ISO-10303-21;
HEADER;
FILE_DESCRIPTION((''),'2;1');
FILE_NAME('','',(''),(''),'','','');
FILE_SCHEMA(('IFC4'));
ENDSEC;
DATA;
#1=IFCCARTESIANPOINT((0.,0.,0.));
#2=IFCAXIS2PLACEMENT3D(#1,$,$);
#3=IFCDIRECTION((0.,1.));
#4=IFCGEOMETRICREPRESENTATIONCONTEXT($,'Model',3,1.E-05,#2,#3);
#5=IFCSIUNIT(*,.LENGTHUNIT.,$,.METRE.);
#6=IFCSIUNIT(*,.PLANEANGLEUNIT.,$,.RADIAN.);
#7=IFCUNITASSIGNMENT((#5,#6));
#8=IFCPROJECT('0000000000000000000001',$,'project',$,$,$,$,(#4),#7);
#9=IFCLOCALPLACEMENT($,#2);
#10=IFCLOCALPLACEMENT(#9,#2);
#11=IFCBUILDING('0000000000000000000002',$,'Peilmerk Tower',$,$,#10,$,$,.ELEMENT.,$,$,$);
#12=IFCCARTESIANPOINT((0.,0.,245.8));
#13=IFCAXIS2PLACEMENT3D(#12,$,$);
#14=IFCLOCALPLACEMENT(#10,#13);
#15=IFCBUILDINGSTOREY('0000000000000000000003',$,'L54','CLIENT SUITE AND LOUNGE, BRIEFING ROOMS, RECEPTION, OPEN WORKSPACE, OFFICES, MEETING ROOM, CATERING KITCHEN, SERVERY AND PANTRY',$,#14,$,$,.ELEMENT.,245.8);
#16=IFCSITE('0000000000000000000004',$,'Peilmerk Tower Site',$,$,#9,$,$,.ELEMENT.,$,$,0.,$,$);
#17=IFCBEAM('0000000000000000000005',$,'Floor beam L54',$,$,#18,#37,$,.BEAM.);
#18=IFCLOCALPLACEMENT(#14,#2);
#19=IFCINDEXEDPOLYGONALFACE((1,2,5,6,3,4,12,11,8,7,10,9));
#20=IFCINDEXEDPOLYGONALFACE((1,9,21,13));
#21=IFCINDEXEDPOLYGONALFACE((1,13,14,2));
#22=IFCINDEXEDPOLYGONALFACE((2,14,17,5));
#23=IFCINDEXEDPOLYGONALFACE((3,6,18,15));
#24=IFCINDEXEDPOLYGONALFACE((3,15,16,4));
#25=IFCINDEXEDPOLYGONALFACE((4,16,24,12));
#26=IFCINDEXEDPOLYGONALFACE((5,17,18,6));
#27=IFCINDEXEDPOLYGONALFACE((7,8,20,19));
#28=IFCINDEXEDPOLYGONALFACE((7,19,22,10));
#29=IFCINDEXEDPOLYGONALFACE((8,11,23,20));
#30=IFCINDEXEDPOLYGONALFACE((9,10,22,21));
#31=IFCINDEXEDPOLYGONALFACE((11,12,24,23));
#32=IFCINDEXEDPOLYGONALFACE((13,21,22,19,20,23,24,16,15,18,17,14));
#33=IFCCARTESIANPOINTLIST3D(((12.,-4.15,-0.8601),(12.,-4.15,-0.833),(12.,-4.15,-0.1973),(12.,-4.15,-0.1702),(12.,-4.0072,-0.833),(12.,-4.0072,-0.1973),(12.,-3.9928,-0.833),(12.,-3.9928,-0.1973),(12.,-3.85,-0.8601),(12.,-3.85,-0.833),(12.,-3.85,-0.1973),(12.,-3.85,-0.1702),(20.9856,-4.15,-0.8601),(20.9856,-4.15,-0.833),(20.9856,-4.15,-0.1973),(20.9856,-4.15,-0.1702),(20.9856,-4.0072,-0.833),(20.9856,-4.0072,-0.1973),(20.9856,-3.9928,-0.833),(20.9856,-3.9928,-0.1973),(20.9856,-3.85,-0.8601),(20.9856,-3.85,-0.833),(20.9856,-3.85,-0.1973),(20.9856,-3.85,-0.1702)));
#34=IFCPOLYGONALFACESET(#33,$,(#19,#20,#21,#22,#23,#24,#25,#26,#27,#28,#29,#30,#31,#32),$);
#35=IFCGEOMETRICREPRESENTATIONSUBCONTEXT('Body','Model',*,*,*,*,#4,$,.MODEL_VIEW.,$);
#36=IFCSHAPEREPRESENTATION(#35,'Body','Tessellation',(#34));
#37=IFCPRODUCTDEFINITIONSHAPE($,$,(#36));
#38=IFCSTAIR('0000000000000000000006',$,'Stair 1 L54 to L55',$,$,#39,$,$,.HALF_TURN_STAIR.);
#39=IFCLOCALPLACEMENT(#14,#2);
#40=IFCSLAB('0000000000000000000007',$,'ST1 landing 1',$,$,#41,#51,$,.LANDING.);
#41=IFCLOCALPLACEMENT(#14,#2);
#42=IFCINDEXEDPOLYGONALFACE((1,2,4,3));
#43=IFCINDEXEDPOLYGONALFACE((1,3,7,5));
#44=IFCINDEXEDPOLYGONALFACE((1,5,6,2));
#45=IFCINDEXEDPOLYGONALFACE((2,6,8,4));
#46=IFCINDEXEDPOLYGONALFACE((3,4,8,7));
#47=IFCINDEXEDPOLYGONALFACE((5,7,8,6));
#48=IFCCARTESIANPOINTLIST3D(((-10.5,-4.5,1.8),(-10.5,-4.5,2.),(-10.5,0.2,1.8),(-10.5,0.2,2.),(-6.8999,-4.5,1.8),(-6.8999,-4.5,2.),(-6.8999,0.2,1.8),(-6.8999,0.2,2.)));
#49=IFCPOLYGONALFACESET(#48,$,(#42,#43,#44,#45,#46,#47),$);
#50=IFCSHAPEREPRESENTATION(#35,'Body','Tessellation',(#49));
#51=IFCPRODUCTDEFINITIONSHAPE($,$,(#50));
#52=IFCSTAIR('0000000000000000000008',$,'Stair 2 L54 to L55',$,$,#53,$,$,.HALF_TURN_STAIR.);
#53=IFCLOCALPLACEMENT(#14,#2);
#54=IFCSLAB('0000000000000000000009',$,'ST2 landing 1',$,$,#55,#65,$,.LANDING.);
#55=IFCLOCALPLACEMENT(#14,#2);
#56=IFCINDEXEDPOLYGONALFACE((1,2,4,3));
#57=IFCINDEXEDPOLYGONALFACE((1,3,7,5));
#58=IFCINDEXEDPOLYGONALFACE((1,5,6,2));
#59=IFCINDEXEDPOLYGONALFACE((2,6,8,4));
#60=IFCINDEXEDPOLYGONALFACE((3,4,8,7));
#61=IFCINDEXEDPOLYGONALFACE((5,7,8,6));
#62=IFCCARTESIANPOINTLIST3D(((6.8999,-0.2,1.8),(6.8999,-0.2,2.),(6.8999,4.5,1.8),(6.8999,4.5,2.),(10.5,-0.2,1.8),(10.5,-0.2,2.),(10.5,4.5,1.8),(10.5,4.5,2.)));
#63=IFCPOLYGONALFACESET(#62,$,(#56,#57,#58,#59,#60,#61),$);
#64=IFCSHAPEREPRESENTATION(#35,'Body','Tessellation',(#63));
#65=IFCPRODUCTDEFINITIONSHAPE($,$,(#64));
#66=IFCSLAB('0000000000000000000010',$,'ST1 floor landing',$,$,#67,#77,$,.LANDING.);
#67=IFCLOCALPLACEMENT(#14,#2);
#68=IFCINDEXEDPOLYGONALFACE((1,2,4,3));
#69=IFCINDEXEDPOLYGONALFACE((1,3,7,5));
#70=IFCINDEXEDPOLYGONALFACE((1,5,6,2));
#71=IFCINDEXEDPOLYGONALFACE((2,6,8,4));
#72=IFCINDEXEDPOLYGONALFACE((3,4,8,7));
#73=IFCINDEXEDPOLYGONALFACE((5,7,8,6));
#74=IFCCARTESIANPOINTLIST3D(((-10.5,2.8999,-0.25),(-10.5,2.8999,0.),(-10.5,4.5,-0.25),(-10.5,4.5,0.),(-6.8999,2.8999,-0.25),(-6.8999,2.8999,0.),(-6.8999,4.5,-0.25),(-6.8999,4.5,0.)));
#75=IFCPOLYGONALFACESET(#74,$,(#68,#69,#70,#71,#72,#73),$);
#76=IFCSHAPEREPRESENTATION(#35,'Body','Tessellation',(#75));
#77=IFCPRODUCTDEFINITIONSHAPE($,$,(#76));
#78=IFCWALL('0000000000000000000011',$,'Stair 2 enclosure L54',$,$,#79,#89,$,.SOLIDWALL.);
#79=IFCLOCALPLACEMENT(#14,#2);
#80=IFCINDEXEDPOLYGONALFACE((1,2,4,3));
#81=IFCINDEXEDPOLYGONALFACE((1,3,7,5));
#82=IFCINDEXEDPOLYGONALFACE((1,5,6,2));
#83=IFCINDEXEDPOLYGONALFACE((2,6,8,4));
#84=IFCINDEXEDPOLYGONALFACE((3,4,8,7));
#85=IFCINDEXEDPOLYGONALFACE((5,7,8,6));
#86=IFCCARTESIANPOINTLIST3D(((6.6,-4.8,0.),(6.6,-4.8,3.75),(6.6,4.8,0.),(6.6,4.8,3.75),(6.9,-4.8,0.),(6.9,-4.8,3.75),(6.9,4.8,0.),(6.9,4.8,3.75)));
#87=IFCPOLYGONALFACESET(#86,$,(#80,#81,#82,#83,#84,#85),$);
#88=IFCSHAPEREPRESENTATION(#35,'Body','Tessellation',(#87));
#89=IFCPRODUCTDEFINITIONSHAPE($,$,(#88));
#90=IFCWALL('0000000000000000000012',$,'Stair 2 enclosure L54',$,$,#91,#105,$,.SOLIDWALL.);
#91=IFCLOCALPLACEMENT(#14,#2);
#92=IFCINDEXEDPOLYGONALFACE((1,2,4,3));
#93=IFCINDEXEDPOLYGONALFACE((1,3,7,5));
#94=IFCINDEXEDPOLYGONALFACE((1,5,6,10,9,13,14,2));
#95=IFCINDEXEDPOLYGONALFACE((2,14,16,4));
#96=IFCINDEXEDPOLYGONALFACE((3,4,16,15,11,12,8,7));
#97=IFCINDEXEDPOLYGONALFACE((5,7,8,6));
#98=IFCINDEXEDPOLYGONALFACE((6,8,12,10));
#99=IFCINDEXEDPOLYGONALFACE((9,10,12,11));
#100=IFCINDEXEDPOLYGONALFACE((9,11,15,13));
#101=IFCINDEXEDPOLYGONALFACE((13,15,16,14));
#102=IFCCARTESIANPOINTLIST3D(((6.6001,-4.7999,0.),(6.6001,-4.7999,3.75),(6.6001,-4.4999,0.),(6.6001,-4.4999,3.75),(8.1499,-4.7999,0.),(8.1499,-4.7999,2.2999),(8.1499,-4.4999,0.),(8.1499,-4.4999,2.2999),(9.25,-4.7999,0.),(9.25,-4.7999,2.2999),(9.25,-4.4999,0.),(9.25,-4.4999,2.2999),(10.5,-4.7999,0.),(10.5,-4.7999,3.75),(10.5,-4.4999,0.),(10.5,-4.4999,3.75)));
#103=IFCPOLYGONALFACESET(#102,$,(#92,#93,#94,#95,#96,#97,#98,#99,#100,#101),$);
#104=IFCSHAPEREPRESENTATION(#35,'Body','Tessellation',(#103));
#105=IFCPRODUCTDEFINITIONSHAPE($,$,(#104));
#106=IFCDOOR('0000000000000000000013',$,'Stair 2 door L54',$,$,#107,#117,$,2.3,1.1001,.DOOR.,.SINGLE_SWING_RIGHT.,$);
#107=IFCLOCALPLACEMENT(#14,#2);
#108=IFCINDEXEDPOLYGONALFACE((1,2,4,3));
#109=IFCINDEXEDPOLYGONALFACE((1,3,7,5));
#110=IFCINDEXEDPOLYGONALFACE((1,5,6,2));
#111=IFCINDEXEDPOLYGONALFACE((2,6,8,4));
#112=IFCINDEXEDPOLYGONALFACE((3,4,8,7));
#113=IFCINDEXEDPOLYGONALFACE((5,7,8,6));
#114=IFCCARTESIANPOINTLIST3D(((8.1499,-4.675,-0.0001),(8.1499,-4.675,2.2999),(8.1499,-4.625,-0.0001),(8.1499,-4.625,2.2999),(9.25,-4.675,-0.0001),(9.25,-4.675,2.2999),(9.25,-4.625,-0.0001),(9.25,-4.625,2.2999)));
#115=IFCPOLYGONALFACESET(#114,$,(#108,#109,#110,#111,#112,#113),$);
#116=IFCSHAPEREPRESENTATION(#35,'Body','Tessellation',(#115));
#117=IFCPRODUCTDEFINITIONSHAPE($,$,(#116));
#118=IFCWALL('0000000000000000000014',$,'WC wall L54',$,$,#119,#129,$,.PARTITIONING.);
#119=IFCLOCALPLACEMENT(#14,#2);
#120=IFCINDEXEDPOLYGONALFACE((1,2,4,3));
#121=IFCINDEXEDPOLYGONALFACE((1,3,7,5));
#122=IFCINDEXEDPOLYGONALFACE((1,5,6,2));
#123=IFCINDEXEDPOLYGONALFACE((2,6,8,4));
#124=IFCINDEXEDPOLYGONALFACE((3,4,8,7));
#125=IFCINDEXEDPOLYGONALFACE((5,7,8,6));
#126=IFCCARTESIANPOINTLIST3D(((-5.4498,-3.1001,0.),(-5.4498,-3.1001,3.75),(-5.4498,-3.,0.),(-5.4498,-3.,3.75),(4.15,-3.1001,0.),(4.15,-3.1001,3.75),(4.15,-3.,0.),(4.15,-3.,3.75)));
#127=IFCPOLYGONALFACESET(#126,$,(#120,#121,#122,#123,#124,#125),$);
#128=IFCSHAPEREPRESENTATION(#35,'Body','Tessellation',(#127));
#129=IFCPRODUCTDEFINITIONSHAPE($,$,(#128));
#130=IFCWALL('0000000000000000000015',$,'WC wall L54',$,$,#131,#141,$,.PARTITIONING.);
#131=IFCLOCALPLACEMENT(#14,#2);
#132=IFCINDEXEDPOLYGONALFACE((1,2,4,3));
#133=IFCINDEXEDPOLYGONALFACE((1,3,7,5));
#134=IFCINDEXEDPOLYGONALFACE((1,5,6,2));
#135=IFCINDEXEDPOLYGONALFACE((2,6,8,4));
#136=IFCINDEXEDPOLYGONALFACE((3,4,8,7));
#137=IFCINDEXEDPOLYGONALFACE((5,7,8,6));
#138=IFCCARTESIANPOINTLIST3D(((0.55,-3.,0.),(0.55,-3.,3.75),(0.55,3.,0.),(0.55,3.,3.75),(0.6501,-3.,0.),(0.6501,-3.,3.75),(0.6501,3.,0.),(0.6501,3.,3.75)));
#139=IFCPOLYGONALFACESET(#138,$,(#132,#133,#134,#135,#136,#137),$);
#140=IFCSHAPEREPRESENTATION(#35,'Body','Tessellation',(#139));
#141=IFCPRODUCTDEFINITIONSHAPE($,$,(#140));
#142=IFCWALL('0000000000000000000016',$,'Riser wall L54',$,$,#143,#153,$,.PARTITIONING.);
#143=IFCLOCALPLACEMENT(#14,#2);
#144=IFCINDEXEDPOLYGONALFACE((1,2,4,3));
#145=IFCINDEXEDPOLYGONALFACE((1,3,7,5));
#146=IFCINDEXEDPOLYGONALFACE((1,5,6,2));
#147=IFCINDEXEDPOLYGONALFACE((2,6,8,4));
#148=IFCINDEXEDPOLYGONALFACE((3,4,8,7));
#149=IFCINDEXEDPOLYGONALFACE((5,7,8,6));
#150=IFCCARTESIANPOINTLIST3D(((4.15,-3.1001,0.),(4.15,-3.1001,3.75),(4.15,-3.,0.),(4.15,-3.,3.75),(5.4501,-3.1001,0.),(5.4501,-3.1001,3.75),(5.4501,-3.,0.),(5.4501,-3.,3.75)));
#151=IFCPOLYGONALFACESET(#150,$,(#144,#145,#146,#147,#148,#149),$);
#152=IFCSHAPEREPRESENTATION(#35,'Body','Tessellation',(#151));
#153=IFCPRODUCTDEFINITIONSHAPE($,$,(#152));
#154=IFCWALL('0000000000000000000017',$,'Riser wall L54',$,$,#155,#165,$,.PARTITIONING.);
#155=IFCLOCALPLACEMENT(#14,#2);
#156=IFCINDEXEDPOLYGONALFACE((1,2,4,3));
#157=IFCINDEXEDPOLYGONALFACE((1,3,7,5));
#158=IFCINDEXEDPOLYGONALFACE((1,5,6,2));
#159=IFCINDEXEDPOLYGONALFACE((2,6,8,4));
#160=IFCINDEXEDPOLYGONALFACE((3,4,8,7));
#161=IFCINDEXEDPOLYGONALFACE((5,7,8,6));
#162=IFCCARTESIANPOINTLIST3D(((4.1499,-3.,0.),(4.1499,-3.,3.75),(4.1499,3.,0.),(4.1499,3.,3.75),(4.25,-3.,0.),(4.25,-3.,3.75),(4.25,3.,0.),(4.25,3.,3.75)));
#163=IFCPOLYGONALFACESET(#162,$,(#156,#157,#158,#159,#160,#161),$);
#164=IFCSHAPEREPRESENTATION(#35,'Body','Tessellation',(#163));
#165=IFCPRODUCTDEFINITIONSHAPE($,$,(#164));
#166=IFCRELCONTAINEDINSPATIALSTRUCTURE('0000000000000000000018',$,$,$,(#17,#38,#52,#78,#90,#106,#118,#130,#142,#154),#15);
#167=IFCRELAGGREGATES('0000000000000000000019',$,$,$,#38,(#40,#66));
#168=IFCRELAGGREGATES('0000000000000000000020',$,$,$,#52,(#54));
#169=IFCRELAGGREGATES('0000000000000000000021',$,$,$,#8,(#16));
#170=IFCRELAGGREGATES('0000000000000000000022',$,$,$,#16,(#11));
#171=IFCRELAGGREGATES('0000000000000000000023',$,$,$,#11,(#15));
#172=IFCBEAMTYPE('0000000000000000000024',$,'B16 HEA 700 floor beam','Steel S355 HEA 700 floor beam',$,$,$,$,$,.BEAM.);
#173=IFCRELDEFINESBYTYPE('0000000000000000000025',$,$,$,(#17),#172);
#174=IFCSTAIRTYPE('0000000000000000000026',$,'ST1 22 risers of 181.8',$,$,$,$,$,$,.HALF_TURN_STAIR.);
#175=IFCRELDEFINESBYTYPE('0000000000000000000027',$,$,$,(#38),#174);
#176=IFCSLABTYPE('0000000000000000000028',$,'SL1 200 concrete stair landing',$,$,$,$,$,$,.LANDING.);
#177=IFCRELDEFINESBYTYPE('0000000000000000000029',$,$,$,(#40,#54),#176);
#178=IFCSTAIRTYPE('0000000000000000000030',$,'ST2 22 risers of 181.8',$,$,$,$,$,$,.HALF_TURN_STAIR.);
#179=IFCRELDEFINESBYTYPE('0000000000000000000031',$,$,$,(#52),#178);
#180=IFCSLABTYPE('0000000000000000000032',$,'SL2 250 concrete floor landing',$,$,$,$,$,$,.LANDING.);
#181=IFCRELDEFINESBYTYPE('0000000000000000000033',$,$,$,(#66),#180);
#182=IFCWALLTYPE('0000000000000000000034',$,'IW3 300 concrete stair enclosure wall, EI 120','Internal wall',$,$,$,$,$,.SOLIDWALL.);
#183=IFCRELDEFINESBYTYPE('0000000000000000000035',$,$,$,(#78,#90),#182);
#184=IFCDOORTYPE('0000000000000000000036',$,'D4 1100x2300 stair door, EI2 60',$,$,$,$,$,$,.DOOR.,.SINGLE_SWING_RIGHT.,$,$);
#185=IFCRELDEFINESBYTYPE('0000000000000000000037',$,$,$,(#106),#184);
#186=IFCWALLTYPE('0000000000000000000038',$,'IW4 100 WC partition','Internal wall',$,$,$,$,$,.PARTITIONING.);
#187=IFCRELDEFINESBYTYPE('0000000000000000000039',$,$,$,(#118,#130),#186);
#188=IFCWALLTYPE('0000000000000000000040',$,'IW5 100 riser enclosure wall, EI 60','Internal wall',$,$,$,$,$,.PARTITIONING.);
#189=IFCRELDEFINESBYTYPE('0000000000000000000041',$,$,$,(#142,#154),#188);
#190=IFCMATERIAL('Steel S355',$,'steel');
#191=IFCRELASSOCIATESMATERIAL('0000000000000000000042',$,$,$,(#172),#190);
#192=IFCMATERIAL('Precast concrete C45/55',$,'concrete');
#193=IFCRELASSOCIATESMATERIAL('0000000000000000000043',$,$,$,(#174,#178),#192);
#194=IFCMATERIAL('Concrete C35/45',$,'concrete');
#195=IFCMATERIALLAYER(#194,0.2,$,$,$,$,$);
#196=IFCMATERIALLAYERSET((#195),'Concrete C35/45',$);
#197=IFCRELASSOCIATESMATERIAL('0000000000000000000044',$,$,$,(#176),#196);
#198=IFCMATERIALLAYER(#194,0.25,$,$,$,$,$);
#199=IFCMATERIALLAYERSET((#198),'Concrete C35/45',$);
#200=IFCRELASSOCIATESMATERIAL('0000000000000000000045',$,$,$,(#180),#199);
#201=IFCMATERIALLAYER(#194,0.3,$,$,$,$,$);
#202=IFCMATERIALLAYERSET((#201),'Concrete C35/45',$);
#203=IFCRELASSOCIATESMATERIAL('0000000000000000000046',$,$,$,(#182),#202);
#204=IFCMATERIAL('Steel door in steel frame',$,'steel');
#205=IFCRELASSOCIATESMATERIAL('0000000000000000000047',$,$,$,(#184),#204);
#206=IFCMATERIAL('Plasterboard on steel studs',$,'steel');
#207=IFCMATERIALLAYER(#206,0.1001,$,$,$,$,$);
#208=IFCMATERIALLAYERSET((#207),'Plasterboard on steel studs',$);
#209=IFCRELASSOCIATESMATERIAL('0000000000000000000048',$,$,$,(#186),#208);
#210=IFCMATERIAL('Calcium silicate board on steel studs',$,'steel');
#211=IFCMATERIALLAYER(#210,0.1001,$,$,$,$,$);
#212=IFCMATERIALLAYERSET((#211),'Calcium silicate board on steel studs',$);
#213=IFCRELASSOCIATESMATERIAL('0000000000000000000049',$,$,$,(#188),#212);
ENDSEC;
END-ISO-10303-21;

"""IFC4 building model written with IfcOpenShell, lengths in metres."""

from ifc_helpers import new_model, si_unit, direction, frame, frame_2d, origin, origin_2d, place, context, subcontext, project, spatial, polyline, rectangle, i_section, outline, extrude, material, layer, layer_set, material_profile, profile_set, type_object, element, fill, aggregate, save


model = new_model("IFC4")

# Units and contexts
model_context = context("Model", 3, precision=1e-05, world=origin(), true_north=direction((0.0, 1.0)))
body_context = subcontext(model_context, "Body", "Model", "MODEL_VIEW")
ifc_project = project(units=[si_unit("LENGTHUNIT", "METRE"), si_unit("PLANEANGLEUNIT", "RADIAN")], contexts=[model_context])

# Site, building, storey
site_placement = place(None, origin())
site = spatial("IfcSite", under=ifc_project, at=site_placement, Name="Peilmerk Tower Site", CompositionType="ELEMENT", RefElevation=0.0)
building_placement = place(site_placement, origin())
building = spatial("IfcBuilding", under=site, at=building_placement, Name="Peilmerk Tower", CompositionType="ELEMENT")
storey_placement = place(building_placement, frame((0.0, 0.0, 245.8)))
storey = spatial("IfcBuildingStorey", under=building, at=storey_placement, Name="L54", Description="CLIENT SUITE AND LOUNGE, BRIEFING ROOMS, RECEPTION, OPEN WORKSPACE, OFFICES, MEETING ROOM, CATERING KITCHEN, SERVERY AND PANTRY", CompositionType="ELEMENT", Elevation=245.8)

# Beam
ifc_material_1 = material(Name="Steel S355", Category="steel")
ifc_material_profile = material_profile(ifc_material_1, i_section(OverallWidth=0.3, OverallDepth=0.6899, WebThickness=0.0144, FlangeThickness=0.0271, at=origin_2d()), Name="HEA 700")
ifc_profile_set = profile_set([ifc_material_profile], Name="Steel S355")
beam_type = type_object("IfcBeamType", Name="B16 HEA 700 floor beam", Description="Steel S355 HEA 700 floor beam", PredefinedType="BEAM", material=ifc_profile_set)
beam_placement = place(storey_placement, frame((12.0, -4.0, -0.5151), z_axis=(1.0, 0.0, 0.0), x_axis=(0.0, 1.0, 0.0)))
element("IfcBeam", 1, at=beam_placement, inside=storey, type_object=beam_type, Name="Floor beam L54", PredefinedType="BEAM", context=body_context, shape_type="SweptSolid", body=[
    extrude(i_section(OverallWidth=0.3, OverallDepth=0.6899, WebThickness=0.0144, FlangeThickness=0.0271, at=origin_2d()), origin(), (0.0, 0.0, 1.0), 8.9856),
])

# Stairs, slabs
ifc_material_2 = material(Name="Precast concrete C45/55", Category="concrete")
stair_type_1 = type_object("IfcStairType", Name="ST1 22 risers of 181.8", PredefinedType="HALF_TURN_STAIR", material=ifc_material_2)
stair_1_placement = place(storey_placement, origin())
stair_1 = element("IfcStair", 2, at=stair_1_placement, inside=storey, type_object=stair_type_1, Name="Stair 1 L54 to L55", PredefinedType="HALF_TURN_STAIR")
ifc_material_3 = material(Name="Concrete C35/45", Category="concrete")
ifc_layer_1 = layer(ifc_material_3, 0.2)
ifc_layer_set_1 = layer_set([ifc_layer_1], Name="Concrete C35/45")
slab_type_1 = type_object("IfcSlabType", Name="SL1 200 concrete stair landing", PredefinedType="LANDING", material=ifc_layer_set_1)
slab_1_placement = place(storey_placement, frame((0.0, 0.0, 1.8)))
slab_1 = element("IfcSlab", 3, at=slab_1_placement, type_object=slab_type_1, Name="ST1 landing 1", PredefinedType="LANDING", context=body_context, shape_type="SweptSolid", body=[
    extrude(outline(polyline([(-10.5, -4.5), (-6.8999, -4.5), (-6.8999, 0.2), (-10.5, 0.2), (-10.5, -4.5)])), origin(), (0.0, 0.0, 1.0), 0.2),
])
stair_type_2 = type_object("IfcStairType", Name="ST2 22 risers of 181.8", PredefinedType="HALF_TURN_STAIR", material=ifc_material_2)
stair_2_placement = place(storey_placement, origin())
stair_2 = element("IfcStair", 4, at=stair_2_placement, inside=storey, type_object=stair_type_2, Name="Stair 2 L54 to L55", PredefinedType="HALF_TURN_STAIR")
slab_2_placement = place(storey_placement, frame((0.0, 0.0, 1.8)))
slab_2 = element("IfcSlab", 5, at=slab_2_placement, type_object=slab_type_1, Name="ST2 landing 1", PredefinedType="LANDING", context=body_context, shape_type="SweptSolid", body=[
    extrude(outline(polyline([(6.8999, -0.2), (10.5, -0.2), (10.5, 4.5), (6.8999, 4.5), (6.8999, -0.2)])), origin(), (0.0, 0.0, 1.0), 0.2),
])

# Slab
ifc_layer_2 = layer(ifc_material_3, 0.25)
ifc_layer_set_2 = layer_set([ifc_layer_2], Name="Concrete C35/45")
slab_type_2 = type_object("IfcSlabType", Name="SL2 250 concrete floor landing", PredefinedType="LANDING", material=ifc_layer_set_2)
slab_3_placement = place(storey_placement, frame((0.0, 0.0, -0.25)))
slab_3 = element("IfcSlab", 6, at=slab_3_placement, type_object=slab_type_2, Name="ST1 floor landing", PredefinedType="LANDING", context=body_context, shape_type="SweptSolid", body=[
    extrude(outline(polyline([(-10.5, 2.8999), (-6.8999, 2.8999), (-6.8999, 4.5), (-10.5, 4.5), (-10.5, 2.8999)])), origin(), (0.0, 0.0, 1.0), 0.25),
])
aggregate(stair_1, [slab_1, slab_3])

# Wall
ifc_layer_3 = layer(ifc_material_3, 0.3)
ifc_layer_set_3 = layer_set([ifc_layer_3], Name="Concrete C35/45")
wall_type_1 = type_object("IfcWallType", Name="IW3 300 concrete stair enclosure wall, EI 120", Description="Internal wall", PredefinedType="SOLIDWALL", material=ifc_layer_set_3)
wall_1_placement = place(storey_placement, frame((6.75, -4.8, 0.0), z_axis=(0.0, 0.0, 1.0), x_axis=(0.0, 1.0, 0.0)))
element("IfcWall", 7, at=wall_1_placement, inside=storey, type_object=wall_type_1, Name="Stair 2 enclosure L54", PredefinedType="SOLIDWALL", context=body_context, shape_type="SweptSolid", body=[
    extrude(rectangle(XDim=9.6001, YDim=0.3, at=frame_2d((4.8, 0.0))), origin(), (0.0, 0.0, 1.0), 3.75),
])

# Wall, opening, door
wall_2_placement = place(storey_placement, frame((10.5, -4.6499, 0.0), z_axis=(0.0, 0.0, 1.0), x_axis=(-1.0, 0.0, 0.0)))
wall_2 = element("IfcWall", 8, at=wall_2_placement, inside=storey, type_object=wall_type_1, Name="Stair 2 enclosure L54", PredefinedType="SOLIDWALL", context=body_context, shape_type="SweptSolid", body=[
    extrude(rectangle(XDim=3.8999, YDim=0.3, at=frame_2d((1.95, 0.0))), origin(), (0.0, 0.0, 1.0), 3.75),
])
opening_1_placement = place(wall_2_placement, frame((1.25, 0.0, 0.0)))
opening_1 = element("IfcOpeningElement", 9, at=opening_1_placement, cuts=wall_2, PredefinedType="OPENING", context=body_context, shape_type="SweptSolid", body=[
    extrude(rectangle(XDim=1.1001, YDim=2.3, at=frame_2d((0.55, 1.1499))), frame((0.0, 0.1599, 0.0), z_axis=(0.0, -1.0, 0.0), x_axis=(1.0, 0.0, 0.0)), (0.0, 0.0, 1.0), 0.3201),
])
ifc_material_4 = material(Name="Steel door in steel frame", Category="steel")
door_type_1 = type_object("IfcDoorType", Name="D4 1100x2300 stair door, EI2 60", OperationType="SINGLE_SWING_RIGHT", PredefinedType="DOOR", material=ifc_material_4)
door_1_placement = place(opening_1_placement, frame((1.1001, 0.0, 0.0), z_axis=(0.0, 0.0, 1.0), x_axis=(-1.0, 0.0, 0.0)))
door_1 = element("IfcDoor", 10, at=door_1_placement, inside=storey, type_object=door_type_1, Name="Stair 2 door L54", OperationType="SINGLE_SWING_RIGHT", OverallHeight=2.3, OverallWidth=1.1001, PredefinedType="DOOR", context=body_context, shape_type="SweptSolid", body=[
    extrude(rectangle(XDim=1.1001, YDim=2.3, at=frame_2d((0.55, 1.1499))), frame((0.0, 0.0249, 0.0), z_axis=(0.0, -1.0, 0.0), x_axis=(1.0, 0.0, 0.0)), (0.0, 0.0, 1.0), 0.05),
])
fill(opening_1, door_1)

# Walls
ifc_material_5 = material(Name="Plasterboard on steel studs", Category="steel")
ifc_layer_4 = layer(ifc_material_5, 0.1001)
ifc_layer_set_4 = layer_set([ifc_layer_4], Name="Plasterboard on steel studs")
wall_type_2 = type_object("IfcWallType", Name="IW4 100 WC partition", Description="Internal wall", PredefinedType="PARTITIONING", material=ifc_layer_set_4)
wall_3_placement = place(storey_placement, frame((4.1499, -3.05, 0.0), z_axis=(0.0, 0.0, 1.0), x_axis=(-1.0, 0.0, 0.0)))
element("IfcWall", 11, at=wall_3_placement, inside=storey, type_object=wall_type_2, Name="WC wall L54", PredefinedType="PARTITIONING", context=body_context, shape_type="SweptSolid", body=[
    extrude(rectangle(XDim=9.5999, YDim=0.1001, at=frame_2d((4.7998, 0.0))), origin(), (0.0, 0.0, 1.0), 3.75),
])
wall_4_placement = place(storey_placement, frame((0.6001, -3.0, 0.0), z_axis=(0.0, 0.0, 1.0), x_axis=(0.0, 1.0, 0.0)))
element("IfcWall", 12, at=wall_4_placement, inside=storey, type_object=wall_type_2, Name="WC wall L54", PredefinedType="PARTITIONING", context=body_context, shape_type="SweptSolid", body=[
    extrude(rectangle(XDim=6.0, YDim=0.1001, at=frame_2d((3.0, 0.0))), origin(), (0.0, 0.0, 1.0), 3.75),
])
ifc_material_6 = material(Name="Calcium silicate board on steel studs", Category="steel")
ifc_layer_5 = layer(ifc_material_6, 0.1001)
ifc_layer_set_5 = layer_set([ifc_layer_5], Name="Calcium silicate board on steel studs")
wall_type_3 = type_object("IfcWallType", Name="IW5 100 riser enclosure wall, EI 60", Description="Internal wall", PredefinedType="PARTITIONING", material=ifc_layer_set_5)
wall_5_placement = place(storey_placement, frame((5.45, -3.05, 0.0), z_axis=(0.0, 0.0, 1.0), x_axis=(-1.0, 0.0, 0.0)))
element("IfcWall", 13, at=wall_5_placement, inside=storey, type_object=wall_type_3, Name="Riser wall L54", PredefinedType="PARTITIONING", context=body_context, shape_type="SweptSolid", body=[
    extrude(rectangle(XDim=1.3, YDim=0.1001, at=frame_2d((0.6499, 0.0))), origin(), (0.0, 0.0, 1.0), 3.75),
])
wall_6_placement = place(storey_placement, frame((4.2, -3.0, 0.0), z_axis=(0.0, 0.0, 1.0), x_axis=(0.0, 1.0, 0.0)))
element("IfcWall", 14, at=wall_6_placement, inside=storey, type_object=wall_type_3, Name="Riser wall L54", PredefinedType="PARTITIONING", context=body_context, shape_type="SweptSolid", body=[
    extrude(rectangle(XDim=6.0, YDim=0.1001, at=frame_2d((3.0, 0.0))), origin(), (0.0, 0.0, 1.0), 3.75),
])

aggregate(stair_2, [slab_2])

save(model, "model.ifc")
